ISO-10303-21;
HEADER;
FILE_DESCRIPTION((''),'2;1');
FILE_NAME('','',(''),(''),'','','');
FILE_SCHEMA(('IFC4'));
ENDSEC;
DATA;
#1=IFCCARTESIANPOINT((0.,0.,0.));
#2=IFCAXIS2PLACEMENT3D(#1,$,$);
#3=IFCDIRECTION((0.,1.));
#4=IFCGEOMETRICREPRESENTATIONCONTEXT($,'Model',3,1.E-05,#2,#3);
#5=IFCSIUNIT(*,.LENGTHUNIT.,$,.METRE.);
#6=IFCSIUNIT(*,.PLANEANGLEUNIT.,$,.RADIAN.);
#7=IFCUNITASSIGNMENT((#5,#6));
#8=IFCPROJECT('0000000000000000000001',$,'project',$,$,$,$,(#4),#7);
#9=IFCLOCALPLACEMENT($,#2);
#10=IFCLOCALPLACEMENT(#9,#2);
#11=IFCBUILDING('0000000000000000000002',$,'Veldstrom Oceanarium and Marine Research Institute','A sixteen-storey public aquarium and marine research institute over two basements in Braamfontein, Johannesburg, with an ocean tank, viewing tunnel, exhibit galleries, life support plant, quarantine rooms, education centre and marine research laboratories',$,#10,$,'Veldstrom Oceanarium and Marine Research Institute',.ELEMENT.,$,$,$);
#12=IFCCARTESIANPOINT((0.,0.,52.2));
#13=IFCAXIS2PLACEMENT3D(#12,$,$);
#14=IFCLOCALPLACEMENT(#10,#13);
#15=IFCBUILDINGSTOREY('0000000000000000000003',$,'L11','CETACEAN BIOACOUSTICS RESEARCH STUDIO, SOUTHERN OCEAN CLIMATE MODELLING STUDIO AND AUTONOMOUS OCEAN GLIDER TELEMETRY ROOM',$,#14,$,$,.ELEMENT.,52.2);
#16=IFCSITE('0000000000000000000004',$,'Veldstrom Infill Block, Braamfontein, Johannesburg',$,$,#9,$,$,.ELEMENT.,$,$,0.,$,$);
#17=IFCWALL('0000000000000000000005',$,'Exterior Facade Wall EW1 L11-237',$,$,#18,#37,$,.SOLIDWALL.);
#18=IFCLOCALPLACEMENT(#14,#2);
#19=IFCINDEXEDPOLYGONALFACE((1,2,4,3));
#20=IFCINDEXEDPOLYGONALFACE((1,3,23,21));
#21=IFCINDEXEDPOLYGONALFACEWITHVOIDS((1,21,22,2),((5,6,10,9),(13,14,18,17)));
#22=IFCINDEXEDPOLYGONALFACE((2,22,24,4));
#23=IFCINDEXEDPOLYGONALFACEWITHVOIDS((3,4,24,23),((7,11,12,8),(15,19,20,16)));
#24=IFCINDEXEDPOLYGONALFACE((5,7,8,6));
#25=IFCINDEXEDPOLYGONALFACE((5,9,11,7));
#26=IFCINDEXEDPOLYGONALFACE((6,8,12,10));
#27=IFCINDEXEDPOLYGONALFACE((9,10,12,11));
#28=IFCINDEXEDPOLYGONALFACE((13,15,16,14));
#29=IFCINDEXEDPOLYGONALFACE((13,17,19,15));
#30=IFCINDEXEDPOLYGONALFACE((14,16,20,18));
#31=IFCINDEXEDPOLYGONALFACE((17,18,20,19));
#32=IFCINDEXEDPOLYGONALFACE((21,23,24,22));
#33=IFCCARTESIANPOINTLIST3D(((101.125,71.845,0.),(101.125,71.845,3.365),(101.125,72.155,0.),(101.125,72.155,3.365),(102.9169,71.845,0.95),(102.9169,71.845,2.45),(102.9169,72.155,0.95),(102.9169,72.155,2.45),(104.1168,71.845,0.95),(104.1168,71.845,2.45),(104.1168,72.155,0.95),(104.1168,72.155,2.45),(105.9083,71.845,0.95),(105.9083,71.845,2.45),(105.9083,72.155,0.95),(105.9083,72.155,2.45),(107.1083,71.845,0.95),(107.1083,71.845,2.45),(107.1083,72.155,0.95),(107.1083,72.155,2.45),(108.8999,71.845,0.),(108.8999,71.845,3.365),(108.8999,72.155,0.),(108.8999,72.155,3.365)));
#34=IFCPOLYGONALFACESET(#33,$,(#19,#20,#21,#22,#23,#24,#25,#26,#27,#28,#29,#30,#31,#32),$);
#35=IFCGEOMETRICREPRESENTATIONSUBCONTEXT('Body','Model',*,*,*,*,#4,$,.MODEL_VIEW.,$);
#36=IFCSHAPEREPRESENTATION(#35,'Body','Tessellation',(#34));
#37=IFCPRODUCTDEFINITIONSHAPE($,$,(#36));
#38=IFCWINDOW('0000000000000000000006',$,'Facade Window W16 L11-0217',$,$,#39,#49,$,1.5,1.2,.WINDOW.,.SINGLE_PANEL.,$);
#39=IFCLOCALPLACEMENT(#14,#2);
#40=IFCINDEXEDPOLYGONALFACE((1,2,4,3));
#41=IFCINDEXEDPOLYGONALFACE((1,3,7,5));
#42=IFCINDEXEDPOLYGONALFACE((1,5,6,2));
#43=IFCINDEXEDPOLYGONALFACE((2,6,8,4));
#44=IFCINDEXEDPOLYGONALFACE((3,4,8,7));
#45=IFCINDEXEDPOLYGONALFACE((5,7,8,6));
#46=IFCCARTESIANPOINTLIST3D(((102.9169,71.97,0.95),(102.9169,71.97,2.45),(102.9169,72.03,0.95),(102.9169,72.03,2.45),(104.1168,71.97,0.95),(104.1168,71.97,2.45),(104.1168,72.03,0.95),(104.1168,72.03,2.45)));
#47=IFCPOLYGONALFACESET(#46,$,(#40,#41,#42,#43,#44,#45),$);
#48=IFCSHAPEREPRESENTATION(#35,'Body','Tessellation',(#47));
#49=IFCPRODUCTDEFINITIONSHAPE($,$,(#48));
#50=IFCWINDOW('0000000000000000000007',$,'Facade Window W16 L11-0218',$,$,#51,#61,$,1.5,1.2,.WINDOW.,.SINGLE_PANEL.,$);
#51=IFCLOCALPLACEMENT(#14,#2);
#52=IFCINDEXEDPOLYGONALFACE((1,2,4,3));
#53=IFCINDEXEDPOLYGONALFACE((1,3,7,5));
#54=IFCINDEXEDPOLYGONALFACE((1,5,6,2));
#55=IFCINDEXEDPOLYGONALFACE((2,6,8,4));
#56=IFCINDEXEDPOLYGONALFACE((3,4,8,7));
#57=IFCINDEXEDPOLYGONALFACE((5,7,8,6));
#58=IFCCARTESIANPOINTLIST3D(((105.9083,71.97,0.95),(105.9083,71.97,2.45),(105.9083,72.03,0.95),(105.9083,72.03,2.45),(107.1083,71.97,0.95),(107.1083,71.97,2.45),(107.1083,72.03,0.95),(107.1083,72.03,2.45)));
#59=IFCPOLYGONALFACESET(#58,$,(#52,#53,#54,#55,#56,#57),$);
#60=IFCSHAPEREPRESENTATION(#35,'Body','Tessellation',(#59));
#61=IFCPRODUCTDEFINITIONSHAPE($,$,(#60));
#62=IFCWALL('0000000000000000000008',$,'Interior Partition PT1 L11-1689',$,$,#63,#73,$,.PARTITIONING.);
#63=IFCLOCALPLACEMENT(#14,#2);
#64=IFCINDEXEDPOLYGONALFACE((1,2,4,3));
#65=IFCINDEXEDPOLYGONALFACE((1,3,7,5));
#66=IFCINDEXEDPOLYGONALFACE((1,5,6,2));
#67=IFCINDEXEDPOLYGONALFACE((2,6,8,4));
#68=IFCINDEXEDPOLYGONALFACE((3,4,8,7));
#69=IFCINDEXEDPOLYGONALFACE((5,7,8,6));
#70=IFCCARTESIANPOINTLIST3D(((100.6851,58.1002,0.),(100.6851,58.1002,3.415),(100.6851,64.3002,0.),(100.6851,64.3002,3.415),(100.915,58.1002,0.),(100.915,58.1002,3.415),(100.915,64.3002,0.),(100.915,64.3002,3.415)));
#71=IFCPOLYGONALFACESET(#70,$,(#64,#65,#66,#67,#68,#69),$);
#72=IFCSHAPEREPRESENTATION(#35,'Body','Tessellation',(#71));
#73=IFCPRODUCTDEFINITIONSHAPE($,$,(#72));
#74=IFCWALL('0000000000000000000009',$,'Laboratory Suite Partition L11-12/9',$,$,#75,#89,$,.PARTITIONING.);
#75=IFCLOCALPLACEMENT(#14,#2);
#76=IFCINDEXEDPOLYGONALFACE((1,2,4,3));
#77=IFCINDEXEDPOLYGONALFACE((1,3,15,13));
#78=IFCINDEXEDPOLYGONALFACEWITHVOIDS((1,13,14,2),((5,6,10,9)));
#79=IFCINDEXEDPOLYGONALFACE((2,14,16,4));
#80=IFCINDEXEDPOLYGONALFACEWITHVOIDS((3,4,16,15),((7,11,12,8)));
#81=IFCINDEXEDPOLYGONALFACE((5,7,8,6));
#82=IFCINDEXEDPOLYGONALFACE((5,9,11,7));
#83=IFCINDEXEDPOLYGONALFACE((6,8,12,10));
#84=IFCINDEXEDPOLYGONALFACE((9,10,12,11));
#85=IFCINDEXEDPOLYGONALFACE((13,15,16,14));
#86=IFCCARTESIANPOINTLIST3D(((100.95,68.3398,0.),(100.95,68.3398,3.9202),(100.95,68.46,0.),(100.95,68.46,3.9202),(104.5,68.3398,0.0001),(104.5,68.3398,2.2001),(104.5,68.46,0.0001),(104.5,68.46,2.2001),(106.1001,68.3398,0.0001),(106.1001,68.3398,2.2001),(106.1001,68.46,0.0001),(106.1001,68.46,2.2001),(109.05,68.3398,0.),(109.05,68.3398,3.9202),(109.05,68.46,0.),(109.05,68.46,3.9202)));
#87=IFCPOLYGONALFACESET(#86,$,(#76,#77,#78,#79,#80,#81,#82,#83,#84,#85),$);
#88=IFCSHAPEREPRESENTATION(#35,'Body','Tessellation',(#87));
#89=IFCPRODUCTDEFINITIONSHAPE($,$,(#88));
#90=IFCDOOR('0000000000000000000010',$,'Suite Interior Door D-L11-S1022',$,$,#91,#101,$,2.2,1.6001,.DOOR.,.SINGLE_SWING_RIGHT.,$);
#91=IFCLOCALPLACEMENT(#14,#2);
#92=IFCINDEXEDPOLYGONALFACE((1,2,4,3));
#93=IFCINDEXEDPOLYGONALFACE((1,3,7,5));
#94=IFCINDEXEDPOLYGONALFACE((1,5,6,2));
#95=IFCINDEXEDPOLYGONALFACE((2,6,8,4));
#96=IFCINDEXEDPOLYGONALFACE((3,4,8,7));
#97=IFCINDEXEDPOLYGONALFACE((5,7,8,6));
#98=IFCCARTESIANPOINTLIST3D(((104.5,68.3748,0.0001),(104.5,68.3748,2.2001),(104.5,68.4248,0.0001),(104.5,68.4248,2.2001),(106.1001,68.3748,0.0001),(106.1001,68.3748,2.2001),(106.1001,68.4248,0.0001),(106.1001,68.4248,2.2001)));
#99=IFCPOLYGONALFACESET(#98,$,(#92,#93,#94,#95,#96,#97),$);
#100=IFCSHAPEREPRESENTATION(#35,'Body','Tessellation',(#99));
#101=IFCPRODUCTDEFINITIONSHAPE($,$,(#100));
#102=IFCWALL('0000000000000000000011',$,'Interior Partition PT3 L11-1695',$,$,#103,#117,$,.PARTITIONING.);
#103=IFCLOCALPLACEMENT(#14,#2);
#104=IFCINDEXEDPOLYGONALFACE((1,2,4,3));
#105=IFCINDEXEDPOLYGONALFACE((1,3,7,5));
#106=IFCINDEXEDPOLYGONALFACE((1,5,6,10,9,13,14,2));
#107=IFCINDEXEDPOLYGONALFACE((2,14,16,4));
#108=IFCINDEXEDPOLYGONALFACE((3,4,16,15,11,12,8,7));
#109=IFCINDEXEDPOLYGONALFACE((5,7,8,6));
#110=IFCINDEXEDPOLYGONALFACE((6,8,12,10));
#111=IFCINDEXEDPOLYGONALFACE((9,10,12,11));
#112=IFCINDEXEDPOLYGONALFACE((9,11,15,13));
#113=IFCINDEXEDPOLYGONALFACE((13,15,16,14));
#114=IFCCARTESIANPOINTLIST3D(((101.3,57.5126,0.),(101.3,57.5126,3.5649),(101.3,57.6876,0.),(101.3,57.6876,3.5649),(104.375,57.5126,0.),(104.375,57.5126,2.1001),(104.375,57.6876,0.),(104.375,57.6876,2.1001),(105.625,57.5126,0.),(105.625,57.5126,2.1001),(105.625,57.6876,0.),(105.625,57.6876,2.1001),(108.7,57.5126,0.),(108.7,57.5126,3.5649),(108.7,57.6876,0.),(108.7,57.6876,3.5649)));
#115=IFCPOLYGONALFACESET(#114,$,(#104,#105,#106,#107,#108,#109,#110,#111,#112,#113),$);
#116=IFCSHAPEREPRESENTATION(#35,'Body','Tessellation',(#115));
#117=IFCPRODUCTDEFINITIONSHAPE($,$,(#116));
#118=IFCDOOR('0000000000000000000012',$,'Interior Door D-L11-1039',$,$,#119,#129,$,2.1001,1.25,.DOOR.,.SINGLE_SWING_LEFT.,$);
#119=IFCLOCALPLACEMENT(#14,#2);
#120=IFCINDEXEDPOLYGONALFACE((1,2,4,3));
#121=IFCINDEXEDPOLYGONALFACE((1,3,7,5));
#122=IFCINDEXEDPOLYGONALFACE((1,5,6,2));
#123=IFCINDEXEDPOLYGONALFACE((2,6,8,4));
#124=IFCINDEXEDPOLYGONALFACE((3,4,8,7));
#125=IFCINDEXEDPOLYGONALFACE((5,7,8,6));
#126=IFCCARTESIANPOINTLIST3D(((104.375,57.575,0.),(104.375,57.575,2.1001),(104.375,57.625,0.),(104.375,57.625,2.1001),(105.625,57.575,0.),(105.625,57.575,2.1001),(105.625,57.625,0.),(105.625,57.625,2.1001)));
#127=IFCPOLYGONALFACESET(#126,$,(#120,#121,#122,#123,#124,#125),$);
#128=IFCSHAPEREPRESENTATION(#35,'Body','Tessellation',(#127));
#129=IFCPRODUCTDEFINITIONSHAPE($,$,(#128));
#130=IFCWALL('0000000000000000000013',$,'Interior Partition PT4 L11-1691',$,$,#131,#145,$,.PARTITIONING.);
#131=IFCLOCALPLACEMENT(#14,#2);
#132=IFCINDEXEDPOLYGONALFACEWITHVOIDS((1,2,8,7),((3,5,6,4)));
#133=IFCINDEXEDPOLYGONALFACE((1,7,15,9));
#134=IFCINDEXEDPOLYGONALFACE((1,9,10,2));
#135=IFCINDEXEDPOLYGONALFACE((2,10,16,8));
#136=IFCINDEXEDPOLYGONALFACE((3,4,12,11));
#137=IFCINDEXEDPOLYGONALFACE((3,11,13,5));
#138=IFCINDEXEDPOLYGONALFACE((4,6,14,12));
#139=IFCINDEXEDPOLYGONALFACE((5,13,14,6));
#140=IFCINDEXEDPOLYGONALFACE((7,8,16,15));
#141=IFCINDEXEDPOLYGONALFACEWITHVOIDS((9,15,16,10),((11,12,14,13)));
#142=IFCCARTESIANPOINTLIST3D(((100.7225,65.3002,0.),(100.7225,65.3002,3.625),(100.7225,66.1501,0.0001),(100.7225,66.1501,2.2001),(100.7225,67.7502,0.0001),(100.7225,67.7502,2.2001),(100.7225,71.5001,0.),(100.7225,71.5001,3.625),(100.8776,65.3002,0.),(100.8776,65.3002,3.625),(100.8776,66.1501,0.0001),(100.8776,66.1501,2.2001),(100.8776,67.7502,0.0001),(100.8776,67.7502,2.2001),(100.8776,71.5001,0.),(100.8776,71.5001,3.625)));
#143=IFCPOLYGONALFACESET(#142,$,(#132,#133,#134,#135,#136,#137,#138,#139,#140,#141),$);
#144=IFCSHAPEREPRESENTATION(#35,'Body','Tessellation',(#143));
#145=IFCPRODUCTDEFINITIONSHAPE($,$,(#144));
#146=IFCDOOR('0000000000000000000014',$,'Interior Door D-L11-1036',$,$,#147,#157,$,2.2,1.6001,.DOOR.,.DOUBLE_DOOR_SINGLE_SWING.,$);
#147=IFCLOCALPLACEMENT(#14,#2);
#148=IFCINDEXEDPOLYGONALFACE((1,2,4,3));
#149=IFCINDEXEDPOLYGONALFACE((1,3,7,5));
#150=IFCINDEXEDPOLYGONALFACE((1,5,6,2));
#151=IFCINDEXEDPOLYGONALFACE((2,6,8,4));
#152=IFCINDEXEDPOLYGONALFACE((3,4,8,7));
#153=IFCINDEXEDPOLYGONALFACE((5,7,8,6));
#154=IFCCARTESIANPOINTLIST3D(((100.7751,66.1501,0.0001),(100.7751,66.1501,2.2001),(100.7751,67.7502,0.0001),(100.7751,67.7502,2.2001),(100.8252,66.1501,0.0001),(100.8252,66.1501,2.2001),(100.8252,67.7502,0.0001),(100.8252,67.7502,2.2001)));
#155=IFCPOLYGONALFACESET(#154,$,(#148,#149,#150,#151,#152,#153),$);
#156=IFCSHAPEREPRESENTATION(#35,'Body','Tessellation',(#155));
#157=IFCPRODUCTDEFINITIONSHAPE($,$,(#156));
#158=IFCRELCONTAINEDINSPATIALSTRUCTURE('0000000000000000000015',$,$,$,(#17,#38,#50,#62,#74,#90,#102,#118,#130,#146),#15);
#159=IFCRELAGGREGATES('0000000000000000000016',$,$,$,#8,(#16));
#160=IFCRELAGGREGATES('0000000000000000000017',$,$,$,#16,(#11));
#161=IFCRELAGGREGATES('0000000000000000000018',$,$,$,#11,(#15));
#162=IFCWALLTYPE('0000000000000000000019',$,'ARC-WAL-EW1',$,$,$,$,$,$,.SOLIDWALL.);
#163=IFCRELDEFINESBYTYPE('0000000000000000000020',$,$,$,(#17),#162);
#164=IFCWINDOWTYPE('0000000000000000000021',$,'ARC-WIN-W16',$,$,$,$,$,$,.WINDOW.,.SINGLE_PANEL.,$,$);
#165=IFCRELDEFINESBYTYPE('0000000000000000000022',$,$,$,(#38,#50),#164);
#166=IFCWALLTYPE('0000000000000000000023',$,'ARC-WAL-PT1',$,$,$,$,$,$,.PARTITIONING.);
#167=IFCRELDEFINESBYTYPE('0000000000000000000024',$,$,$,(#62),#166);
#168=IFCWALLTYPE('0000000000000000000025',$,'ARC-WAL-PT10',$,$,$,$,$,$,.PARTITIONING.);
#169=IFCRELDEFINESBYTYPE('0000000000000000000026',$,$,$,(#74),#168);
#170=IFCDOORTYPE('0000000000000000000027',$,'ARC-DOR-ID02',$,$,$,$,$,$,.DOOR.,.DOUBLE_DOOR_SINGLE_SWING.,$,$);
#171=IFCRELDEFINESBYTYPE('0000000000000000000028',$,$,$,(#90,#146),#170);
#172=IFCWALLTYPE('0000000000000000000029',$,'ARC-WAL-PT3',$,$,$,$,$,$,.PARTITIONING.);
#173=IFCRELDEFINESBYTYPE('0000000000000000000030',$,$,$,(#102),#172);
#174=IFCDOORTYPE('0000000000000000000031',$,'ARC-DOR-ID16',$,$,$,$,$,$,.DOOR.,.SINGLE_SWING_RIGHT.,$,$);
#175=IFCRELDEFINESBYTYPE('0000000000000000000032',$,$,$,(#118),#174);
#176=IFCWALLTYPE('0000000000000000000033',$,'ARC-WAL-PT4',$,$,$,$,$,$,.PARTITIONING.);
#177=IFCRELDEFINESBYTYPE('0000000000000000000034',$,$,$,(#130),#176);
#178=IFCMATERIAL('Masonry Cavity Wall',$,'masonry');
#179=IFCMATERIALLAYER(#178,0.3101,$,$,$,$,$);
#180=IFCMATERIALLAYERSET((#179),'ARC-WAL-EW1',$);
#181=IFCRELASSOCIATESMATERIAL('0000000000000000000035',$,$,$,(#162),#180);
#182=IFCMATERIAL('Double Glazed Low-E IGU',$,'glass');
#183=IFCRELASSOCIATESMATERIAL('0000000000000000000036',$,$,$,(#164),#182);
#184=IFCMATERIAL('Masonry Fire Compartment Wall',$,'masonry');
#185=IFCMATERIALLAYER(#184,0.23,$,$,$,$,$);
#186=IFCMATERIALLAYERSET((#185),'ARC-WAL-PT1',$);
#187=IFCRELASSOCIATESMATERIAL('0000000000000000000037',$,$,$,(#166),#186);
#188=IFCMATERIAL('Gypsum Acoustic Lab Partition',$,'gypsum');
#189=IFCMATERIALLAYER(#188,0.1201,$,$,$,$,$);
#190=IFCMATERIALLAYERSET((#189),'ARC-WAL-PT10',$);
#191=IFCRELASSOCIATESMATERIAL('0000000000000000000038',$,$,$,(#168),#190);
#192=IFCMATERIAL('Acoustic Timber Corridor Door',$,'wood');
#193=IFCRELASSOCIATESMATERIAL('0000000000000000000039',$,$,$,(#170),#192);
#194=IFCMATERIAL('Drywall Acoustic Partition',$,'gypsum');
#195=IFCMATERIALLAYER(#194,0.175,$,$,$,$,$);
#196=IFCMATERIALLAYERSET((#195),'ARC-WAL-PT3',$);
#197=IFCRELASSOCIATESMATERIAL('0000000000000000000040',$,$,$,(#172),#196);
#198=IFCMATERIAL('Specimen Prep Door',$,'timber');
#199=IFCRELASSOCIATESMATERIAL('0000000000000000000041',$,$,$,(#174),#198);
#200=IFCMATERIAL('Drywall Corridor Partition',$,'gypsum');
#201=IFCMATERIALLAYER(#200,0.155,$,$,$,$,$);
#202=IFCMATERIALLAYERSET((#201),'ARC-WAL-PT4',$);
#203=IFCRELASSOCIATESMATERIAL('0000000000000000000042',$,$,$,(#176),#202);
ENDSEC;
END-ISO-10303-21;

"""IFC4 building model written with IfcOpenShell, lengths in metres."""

from ifc_helpers import new_model, si_unit, direction, frame, frame_2d, origin, place, context, subcontext, project, spatial, rectangle, extrude, material, layer, layer_set, type_object, element, fill, save


model = new_model("IFC4")

# Units and contexts
model_context = context("Model", 3, precision=1e-05, world=origin(), true_north=direction((0.0, 1.0)))
body_context = subcontext(model_context, "Body", "Model", "MODEL_VIEW")
ifc_project = project(units=[si_unit("LENGTHUNIT", "METRE"), si_unit("PLANEANGLEUNIT", "RADIAN")], contexts=[model_context])

# Site, building, storey
site_placement = place(None, origin())
site = spatial("IfcSite", under=ifc_project, at=site_placement, Name="Veldstrom Infill Block, Braamfontein, Johannesburg", CompositionType="ELEMENT", RefElevation=0.0)
building_placement = place(site_placement, origin())
building = spatial("IfcBuilding", under=site, at=building_placement, Name="Veldstrom Oceanarium and Marine Research Institute", Description="A sixteen-storey public aquarium and marine research institute over two basements in Braamfontein, Johannesburg, with an ocean tank, viewing tunnel, exhibit galleries, life support plant, quarantine rooms, education centre and marine research laboratories", LongName="Veldstrom Oceanarium and Marine Research Institute", CompositionType="ELEMENT")
storey_placement = place(building_placement, frame((0.0, 0.0, 52.2)))
storey = spatial("IfcBuildingStorey", under=building, at=storey_placement, Name="L11", Description="CETACEAN BIOACOUSTICS RESEARCH STUDIO, SOUTHERN OCEAN CLIMATE MODELLING STUDIO AND AUTONOMOUS OCEAN GLIDER TELEMETRY ROOM", CompositionType="ELEMENT", Elevation=52.2)

# Wall, openings, windows
ifc_material_1 = material(Name="Masonry Cavity Wall", Category="masonry")
ifc_layer_1 = layer(ifc_material_1, 0.3101)
ifc_layer_set_1 = layer_set([ifc_layer_1], Name="ARC-WAL-EW1")
wall_type_1 = type_object("IfcWallType", Name="ARC-WAL-EW1", PredefinedType="SOLIDWALL", material=ifc_layer_set_1)
wall_1_placement = place(storey_placement, frame((101.125, 72.0, 0.0), z_axis=(0.0, 0.0, 1.0), x_axis=(1.0, 0.0, 0.0)))
wall_1 = element("IfcWall", 1, at=wall_1_placement, inside=storey, type_object=wall_type_1, Name="Exterior Facade Wall EW1 L11-237", PredefinedType="SOLIDWALL", context=body_context, shape_type="SweptSolid", body=[
    extrude(rectangle(XDim=7.7749, YDim=0.3101, at=frame_2d((3.8875, 0.0))), origin(), (0.0, 0.0, 1.0), 3.365),
])
opening_1_placement = place(wall_1_placement, frame((1.7917, 0.0, 0.95)))
opening_1 = element("IfcOpeningElement", 2, at=opening_1_placement, cuts=wall_1, PredefinedType="OPENING", context=body_context, shape_type="SweptSolid", body=[
    extrude(rectangle(XDim=1.2, YDim=1.5, at=frame_2d((0.6001, 0.75))), frame((0.0, 0.165, 0.0), z_axis=(0.0, -1.0, 0.0), x_axis=(1.0, 0.0, 0.0)), (0.0, 0.0, 1.0), 0.3301),
])
opening_2_placement = place(wall_1_placement, frame((4.7832, 0.0, 0.95)))
opening_2 = element("IfcOpeningElement", 3, at=opening_2_placement, cuts=wall_1, PredefinedType="OPENING", context=body_context, shape_type="SweptSolid", body=[
    extrude(rectangle(XDim=1.2, YDim=1.5, at=frame_2d((0.6001, 0.75))), frame((0.0, 0.165, 0.0), z_axis=(0.0, -1.0, 0.0), x_axis=(1.0, 0.0, 0.0)), (0.0, 0.0, 1.0), 0.3301),
])
ifc_material_2 = material(Name="Double Glazed Low-E IGU", Category="glass")
window_type = type_object("IfcWindowType", Name="ARC-WIN-W16", PartitioningType="SINGLE_PANEL", PredefinedType="WINDOW", material=ifc_material_2)
window_1_placement = place(opening_1_placement, origin())
window_1 = element("IfcWindow", 4, at=window_1_placement, inside=storey, type_object=window_type, Name="Facade Window W16 L11-0217", OverallHeight=1.5, OverallWidth=1.2, PartitioningType="SINGLE_PANEL", PredefinedType="WINDOW", context=body_context, shape_type="SweptSolid", body=[
    extrude(rectangle(XDim=1.2, YDim=1.5, at=frame_2d((0.6001, 0.75))), frame((0.0, 0.03, 0.0), z_axis=(0.0, -1.0, 0.0), x_axis=(1.0, 0.0, 0.0)), (0.0, 0.0, 1.0), 0.0601),
])
fill(opening_1, window_1)
window_2_placement = place(opening_2_placement, origin())
window_2 = element("IfcWindow", 5, at=window_2_placement, inside=storey, type_object=window_type, Name="Facade Window W16 L11-0218", OverallHeight=1.5, OverallWidth=1.2, PartitioningType="SINGLE_PANEL", PredefinedType="WINDOW", context=body_context, shape_type="SweptSolid", body=[
    extrude(rectangle(XDim=1.2, YDim=1.5, at=frame_2d((0.6001, 0.75))), frame((0.0, 0.03, 0.0), z_axis=(0.0, -1.0, 0.0), x_axis=(1.0, 0.0, 0.0)), (0.0, 0.0, 1.0), 0.0601),
])
fill(opening_2, window_2)

# Wall
ifc_material_3 = material(Name="Masonry Fire Compartment Wall", Category="masonry")
ifc_layer_2 = layer(ifc_material_3, 0.23)
ifc_layer_set_2 = layer_set([ifc_layer_2], Name="ARC-WAL-PT1")
wall_type_2 = type_object("IfcWallType", Name="ARC-WAL-PT1", PredefinedType="PARTITIONING", material=ifc_layer_set_2)
wall_2_placement = place(storey_placement, frame((100.8, 58.1001, 0.0), z_axis=(0.0, 0.0, 1.0), x_axis=(0.0, 1.0, 0.0)))
element("IfcWall", 6, at=wall_2_placement, inside=storey, type_object=wall_type_2, Name="Interior Partition PT1 L11-1689", PredefinedType="PARTITIONING", context=body_context, shape_type="SweptSolid", body=[
    extrude(rectangle(XDim=6.2, YDim=0.23, at=frame_2d((3.1001, 0.0))), origin(), (0.0, 0.0, 1.0), 3.415),
])

# Walls, openings, doors
ifc_material_4 = material(Name="Gypsum Acoustic Lab Partition", Category="gypsum")
ifc_layer_3 = layer(ifc_material_4, 0.1201)
ifc_layer_set_3 = layer_set([ifc_layer_3], Name="ARC-WAL-PT10")
wall_type_3 = type_object("IfcWallType", Name="ARC-WAL-PT10", PredefinedType="PARTITIONING", material=ifc_layer_set_3)
wall_3_placement = place(storey_placement, frame((100.95, 68.3999, 0.0), z_axis=(0.0, 0.0, 1.0), x_axis=(1.0, 0.0, 0.0)))
wall_3 = element("IfcWall", 7, at=wall_3_placement, inside=storey, type_object=wall_type_3, Name="Laboratory Suite Partition L11-12/9", PredefinedType="PARTITIONING", context=body_context, shape_type="SweptSolid", body=[
    extrude(rectangle(XDim=8.1001, YDim=0.1201, at=frame_2d((4.05, 0.0))), origin(), (0.0, 0.0, 1.0), 3.9202),
])
opening_3_placement = place(wall_3_placement, frame((3.55, 0.0, 0.0)))
opening_3 = element("IfcOpeningElement", 8, at=opening_3_placement, cuts=wall_3, PredefinedType="OPENING", context=body_context, shape_type="SweptSolid", body=[
    extrude(rectangle(XDim=1.6001, YDim=2.2, at=frame_2d((0.8, 1.1001))), frame((0.0, 0.0701, 0.0), z_axis=(0.0, -1.0, 0.0), x_axis=(1.0, 0.0, 0.0)), (0.0, 0.0, 1.0), 0.1401),
])
ifc_material_5 = material(Name="Acoustic Timber Corridor Door", Category="wood")
door_type_1 = type_object("IfcDoorType", Name="ARC-DOR-ID02", OperationType="DOUBLE_DOOR_SINGLE_SWING", PredefinedType="DOOR", material=ifc_material_5)
door_1_placement = place(opening_3_placement, origin())
door_1 = element("IfcDoor", 9, at=door_1_placement, inside=storey, type_object=door_type_1, Name="Suite Interior Door D-L11-S1022", OperationType="SINGLE_SWING_RIGHT", OverallHeight=2.2, OverallWidth=1.6001, PredefinedType="DOOR", context=body_context, shape_type="SweptSolid", body=[
    extrude(rectangle(XDim=1.6001, YDim=2.2, at=frame_2d((0.8, 1.1001))), frame((0.0, 0.0249, 0.0), z_axis=(0.0, -1.0, 0.0), x_axis=(1.0, 0.0, 0.0)), (0.0, 0.0, 1.0), 0.05),
])
fill(opening_3, door_1)
ifc_material_6 = material(Name="Drywall Acoustic Partition", Category="gypsum")
ifc_layer_4 = layer(ifc_material_6, 0.175)
ifc_layer_set_4 = layer_set([ifc_layer_4], Name="ARC-WAL-PT3")
wall_type_4 = type_object("IfcWallType", Name="ARC-WAL-PT3", PredefinedType="PARTITIONING", material=ifc_layer_set_4)
wall_4_placement = place(storey_placement, frame((101.3, 57.6001, 0.0), z_axis=(0.0, 0.0, 1.0), x_axis=(1.0, 0.0, 0.0)))
wall_4 = element("IfcWall", 10, at=wall_4_placement, inside=storey, type_object=wall_type_4, Name="Interior Partition PT3 L11-1695", PredefinedType="PARTITIONING", context=body_context, shape_type="SweptSolid", body=[
    extrude(rectangle(XDim=7.3999, YDim=0.175, at=frame_2d((3.7, 0.0))), origin(), (0.0, 0.0, 1.0), 3.5649),
])
opening_4_placement = place(wall_4_placement, frame((3.075, 0.0, 0.0)))
opening_4 = element("IfcOpeningElement", 11, at=opening_4_placement, cuts=wall_4, PredefinedType="OPENING", context=body_context, shape_type="SweptSolid", body=[
    extrude(rectangle(XDim=1.25, YDim=2.1001, at=frame_2d((0.625, 1.05))), frame((0.0, 0.0974, 0.0), z_axis=(0.0, -1.0, 0.0), x_axis=(1.0, 0.0, 0.0)), (0.0, 0.0, 1.0), 0.1951),
])
ifc_material_7 = material(Name="Specimen Prep Door", Category="timber")
door_type_2 = type_object("IfcDoorType", Name="ARC-DOR-ID16", OperationType="SINGLE_SWING_RIGHT", PredefinedType="DOOR", material=ifc_material_7)
door_2_placement = place(opening_4_placement, origin())
door_2 = element("IfcDoor", 12, at=door_2_placement, inside=storey, type_object=door_type_2, Name="Interior Door D-L11-1039", OperationType="SINGLE_SWING_LEFT", OverallHeight=2.1001, OverallWidth=1.25, PredefinedType="DOOR", context=body_context, shape_type="SweptSolid", body=[
    extrude(rectangle(XDim=1.25, YDim=2.1001, at=frame_2d((0.625, 1.05))), frame((0.0, 0.0249, 0.0), z_axis=(0.0, -1.0, 0.0), x_axis=(1.0, 0.0, 0.0)), (0.0, 0.0, 1.0), 0.05),
])
fill(opening_4, door_2)
ifc_material_8 = material(Name="Drywall Corridor Partition", Category="gypsum")
ifc_layer_5 = layer(ifc_material_8, 0.155)
ifc_layer_set_5 = layer_set([ifc_layer_5], Name="ARC-WAL-PT4")
wall_type_5 = type_object("IfcWallType", Name="ARC-WAL-PT4", PredefinedType="PARTITIONING", material=ifc_layer_set_5)
wall_5_placement = place(storey_placement, frame((100.8, 65.3, 0.0), z_axis=(0.0, 0.0, 1.0), x_axis=(0.0, 1.0, 0.0)))
wall_5 = element("IfcWall", 13, at=wall_5_placement, inside=storey, type_object=wall_type_5, Name="Interior Partition PT4 L11-1691", PredefinedType="PARTITIONING", context=body_context, shape_type="SweptSolid", body=[
    extrude(rectangle(XDim=6.2, YDim=0.155, at=frame_2d((3.1001, 0.0))), origin(), (0.0, 0.0, 1.0), 3.625),
])
opening_5_placement = place(wall_5_placement, frame((0.8501, 0.0, 0.0)))
opening_5 = element("IfcOpeningElement", 14, at=opening_5_placement, cuts=wall_5, PredefinedType="OPENING", context=body_context, shape_type="SweptSolid", body=[
    extrude(rectangle(XDim=1.6001, YDim=2.2, at=frame_2d((0.8, 1.1001))), frame((0.0, 0.0874, 0.0), z_axis=(0.0, -1.0, 0.0), x_axis=(1.0, 0.0, 0.0)), (0.0, 0.0, 1.0), 0.175),
])
door_3_placement = place(opening_5_placement, origin())
door_3 = element("IfcDoor", 15, at=door_3_placement, inside=storey, type_object=door_type_1, Name="Interior Door D-L11-1036", OperationType="DOUBLE_DOOR_SINGLE_SWING", OverallHeight=2.2, OverallWidth=1.6001, PredefinedType="DOOR", context=body_context, shape_type="SweptSolid", body=[
    extrude(rectangle(XDim=1.6001, YDim=2.2, at=frame_2d((0.8, 1.1001))), frame((0.0, 0.0249, 0.0), z_axis=(0.0, -1.0, 0.0), x_axis=(1.0, 0.0, 0.0)), (0.0, 0.0, 1.0), 0.05),
])
fill(opening_5, door_3)

save(model, "model.ifc")
